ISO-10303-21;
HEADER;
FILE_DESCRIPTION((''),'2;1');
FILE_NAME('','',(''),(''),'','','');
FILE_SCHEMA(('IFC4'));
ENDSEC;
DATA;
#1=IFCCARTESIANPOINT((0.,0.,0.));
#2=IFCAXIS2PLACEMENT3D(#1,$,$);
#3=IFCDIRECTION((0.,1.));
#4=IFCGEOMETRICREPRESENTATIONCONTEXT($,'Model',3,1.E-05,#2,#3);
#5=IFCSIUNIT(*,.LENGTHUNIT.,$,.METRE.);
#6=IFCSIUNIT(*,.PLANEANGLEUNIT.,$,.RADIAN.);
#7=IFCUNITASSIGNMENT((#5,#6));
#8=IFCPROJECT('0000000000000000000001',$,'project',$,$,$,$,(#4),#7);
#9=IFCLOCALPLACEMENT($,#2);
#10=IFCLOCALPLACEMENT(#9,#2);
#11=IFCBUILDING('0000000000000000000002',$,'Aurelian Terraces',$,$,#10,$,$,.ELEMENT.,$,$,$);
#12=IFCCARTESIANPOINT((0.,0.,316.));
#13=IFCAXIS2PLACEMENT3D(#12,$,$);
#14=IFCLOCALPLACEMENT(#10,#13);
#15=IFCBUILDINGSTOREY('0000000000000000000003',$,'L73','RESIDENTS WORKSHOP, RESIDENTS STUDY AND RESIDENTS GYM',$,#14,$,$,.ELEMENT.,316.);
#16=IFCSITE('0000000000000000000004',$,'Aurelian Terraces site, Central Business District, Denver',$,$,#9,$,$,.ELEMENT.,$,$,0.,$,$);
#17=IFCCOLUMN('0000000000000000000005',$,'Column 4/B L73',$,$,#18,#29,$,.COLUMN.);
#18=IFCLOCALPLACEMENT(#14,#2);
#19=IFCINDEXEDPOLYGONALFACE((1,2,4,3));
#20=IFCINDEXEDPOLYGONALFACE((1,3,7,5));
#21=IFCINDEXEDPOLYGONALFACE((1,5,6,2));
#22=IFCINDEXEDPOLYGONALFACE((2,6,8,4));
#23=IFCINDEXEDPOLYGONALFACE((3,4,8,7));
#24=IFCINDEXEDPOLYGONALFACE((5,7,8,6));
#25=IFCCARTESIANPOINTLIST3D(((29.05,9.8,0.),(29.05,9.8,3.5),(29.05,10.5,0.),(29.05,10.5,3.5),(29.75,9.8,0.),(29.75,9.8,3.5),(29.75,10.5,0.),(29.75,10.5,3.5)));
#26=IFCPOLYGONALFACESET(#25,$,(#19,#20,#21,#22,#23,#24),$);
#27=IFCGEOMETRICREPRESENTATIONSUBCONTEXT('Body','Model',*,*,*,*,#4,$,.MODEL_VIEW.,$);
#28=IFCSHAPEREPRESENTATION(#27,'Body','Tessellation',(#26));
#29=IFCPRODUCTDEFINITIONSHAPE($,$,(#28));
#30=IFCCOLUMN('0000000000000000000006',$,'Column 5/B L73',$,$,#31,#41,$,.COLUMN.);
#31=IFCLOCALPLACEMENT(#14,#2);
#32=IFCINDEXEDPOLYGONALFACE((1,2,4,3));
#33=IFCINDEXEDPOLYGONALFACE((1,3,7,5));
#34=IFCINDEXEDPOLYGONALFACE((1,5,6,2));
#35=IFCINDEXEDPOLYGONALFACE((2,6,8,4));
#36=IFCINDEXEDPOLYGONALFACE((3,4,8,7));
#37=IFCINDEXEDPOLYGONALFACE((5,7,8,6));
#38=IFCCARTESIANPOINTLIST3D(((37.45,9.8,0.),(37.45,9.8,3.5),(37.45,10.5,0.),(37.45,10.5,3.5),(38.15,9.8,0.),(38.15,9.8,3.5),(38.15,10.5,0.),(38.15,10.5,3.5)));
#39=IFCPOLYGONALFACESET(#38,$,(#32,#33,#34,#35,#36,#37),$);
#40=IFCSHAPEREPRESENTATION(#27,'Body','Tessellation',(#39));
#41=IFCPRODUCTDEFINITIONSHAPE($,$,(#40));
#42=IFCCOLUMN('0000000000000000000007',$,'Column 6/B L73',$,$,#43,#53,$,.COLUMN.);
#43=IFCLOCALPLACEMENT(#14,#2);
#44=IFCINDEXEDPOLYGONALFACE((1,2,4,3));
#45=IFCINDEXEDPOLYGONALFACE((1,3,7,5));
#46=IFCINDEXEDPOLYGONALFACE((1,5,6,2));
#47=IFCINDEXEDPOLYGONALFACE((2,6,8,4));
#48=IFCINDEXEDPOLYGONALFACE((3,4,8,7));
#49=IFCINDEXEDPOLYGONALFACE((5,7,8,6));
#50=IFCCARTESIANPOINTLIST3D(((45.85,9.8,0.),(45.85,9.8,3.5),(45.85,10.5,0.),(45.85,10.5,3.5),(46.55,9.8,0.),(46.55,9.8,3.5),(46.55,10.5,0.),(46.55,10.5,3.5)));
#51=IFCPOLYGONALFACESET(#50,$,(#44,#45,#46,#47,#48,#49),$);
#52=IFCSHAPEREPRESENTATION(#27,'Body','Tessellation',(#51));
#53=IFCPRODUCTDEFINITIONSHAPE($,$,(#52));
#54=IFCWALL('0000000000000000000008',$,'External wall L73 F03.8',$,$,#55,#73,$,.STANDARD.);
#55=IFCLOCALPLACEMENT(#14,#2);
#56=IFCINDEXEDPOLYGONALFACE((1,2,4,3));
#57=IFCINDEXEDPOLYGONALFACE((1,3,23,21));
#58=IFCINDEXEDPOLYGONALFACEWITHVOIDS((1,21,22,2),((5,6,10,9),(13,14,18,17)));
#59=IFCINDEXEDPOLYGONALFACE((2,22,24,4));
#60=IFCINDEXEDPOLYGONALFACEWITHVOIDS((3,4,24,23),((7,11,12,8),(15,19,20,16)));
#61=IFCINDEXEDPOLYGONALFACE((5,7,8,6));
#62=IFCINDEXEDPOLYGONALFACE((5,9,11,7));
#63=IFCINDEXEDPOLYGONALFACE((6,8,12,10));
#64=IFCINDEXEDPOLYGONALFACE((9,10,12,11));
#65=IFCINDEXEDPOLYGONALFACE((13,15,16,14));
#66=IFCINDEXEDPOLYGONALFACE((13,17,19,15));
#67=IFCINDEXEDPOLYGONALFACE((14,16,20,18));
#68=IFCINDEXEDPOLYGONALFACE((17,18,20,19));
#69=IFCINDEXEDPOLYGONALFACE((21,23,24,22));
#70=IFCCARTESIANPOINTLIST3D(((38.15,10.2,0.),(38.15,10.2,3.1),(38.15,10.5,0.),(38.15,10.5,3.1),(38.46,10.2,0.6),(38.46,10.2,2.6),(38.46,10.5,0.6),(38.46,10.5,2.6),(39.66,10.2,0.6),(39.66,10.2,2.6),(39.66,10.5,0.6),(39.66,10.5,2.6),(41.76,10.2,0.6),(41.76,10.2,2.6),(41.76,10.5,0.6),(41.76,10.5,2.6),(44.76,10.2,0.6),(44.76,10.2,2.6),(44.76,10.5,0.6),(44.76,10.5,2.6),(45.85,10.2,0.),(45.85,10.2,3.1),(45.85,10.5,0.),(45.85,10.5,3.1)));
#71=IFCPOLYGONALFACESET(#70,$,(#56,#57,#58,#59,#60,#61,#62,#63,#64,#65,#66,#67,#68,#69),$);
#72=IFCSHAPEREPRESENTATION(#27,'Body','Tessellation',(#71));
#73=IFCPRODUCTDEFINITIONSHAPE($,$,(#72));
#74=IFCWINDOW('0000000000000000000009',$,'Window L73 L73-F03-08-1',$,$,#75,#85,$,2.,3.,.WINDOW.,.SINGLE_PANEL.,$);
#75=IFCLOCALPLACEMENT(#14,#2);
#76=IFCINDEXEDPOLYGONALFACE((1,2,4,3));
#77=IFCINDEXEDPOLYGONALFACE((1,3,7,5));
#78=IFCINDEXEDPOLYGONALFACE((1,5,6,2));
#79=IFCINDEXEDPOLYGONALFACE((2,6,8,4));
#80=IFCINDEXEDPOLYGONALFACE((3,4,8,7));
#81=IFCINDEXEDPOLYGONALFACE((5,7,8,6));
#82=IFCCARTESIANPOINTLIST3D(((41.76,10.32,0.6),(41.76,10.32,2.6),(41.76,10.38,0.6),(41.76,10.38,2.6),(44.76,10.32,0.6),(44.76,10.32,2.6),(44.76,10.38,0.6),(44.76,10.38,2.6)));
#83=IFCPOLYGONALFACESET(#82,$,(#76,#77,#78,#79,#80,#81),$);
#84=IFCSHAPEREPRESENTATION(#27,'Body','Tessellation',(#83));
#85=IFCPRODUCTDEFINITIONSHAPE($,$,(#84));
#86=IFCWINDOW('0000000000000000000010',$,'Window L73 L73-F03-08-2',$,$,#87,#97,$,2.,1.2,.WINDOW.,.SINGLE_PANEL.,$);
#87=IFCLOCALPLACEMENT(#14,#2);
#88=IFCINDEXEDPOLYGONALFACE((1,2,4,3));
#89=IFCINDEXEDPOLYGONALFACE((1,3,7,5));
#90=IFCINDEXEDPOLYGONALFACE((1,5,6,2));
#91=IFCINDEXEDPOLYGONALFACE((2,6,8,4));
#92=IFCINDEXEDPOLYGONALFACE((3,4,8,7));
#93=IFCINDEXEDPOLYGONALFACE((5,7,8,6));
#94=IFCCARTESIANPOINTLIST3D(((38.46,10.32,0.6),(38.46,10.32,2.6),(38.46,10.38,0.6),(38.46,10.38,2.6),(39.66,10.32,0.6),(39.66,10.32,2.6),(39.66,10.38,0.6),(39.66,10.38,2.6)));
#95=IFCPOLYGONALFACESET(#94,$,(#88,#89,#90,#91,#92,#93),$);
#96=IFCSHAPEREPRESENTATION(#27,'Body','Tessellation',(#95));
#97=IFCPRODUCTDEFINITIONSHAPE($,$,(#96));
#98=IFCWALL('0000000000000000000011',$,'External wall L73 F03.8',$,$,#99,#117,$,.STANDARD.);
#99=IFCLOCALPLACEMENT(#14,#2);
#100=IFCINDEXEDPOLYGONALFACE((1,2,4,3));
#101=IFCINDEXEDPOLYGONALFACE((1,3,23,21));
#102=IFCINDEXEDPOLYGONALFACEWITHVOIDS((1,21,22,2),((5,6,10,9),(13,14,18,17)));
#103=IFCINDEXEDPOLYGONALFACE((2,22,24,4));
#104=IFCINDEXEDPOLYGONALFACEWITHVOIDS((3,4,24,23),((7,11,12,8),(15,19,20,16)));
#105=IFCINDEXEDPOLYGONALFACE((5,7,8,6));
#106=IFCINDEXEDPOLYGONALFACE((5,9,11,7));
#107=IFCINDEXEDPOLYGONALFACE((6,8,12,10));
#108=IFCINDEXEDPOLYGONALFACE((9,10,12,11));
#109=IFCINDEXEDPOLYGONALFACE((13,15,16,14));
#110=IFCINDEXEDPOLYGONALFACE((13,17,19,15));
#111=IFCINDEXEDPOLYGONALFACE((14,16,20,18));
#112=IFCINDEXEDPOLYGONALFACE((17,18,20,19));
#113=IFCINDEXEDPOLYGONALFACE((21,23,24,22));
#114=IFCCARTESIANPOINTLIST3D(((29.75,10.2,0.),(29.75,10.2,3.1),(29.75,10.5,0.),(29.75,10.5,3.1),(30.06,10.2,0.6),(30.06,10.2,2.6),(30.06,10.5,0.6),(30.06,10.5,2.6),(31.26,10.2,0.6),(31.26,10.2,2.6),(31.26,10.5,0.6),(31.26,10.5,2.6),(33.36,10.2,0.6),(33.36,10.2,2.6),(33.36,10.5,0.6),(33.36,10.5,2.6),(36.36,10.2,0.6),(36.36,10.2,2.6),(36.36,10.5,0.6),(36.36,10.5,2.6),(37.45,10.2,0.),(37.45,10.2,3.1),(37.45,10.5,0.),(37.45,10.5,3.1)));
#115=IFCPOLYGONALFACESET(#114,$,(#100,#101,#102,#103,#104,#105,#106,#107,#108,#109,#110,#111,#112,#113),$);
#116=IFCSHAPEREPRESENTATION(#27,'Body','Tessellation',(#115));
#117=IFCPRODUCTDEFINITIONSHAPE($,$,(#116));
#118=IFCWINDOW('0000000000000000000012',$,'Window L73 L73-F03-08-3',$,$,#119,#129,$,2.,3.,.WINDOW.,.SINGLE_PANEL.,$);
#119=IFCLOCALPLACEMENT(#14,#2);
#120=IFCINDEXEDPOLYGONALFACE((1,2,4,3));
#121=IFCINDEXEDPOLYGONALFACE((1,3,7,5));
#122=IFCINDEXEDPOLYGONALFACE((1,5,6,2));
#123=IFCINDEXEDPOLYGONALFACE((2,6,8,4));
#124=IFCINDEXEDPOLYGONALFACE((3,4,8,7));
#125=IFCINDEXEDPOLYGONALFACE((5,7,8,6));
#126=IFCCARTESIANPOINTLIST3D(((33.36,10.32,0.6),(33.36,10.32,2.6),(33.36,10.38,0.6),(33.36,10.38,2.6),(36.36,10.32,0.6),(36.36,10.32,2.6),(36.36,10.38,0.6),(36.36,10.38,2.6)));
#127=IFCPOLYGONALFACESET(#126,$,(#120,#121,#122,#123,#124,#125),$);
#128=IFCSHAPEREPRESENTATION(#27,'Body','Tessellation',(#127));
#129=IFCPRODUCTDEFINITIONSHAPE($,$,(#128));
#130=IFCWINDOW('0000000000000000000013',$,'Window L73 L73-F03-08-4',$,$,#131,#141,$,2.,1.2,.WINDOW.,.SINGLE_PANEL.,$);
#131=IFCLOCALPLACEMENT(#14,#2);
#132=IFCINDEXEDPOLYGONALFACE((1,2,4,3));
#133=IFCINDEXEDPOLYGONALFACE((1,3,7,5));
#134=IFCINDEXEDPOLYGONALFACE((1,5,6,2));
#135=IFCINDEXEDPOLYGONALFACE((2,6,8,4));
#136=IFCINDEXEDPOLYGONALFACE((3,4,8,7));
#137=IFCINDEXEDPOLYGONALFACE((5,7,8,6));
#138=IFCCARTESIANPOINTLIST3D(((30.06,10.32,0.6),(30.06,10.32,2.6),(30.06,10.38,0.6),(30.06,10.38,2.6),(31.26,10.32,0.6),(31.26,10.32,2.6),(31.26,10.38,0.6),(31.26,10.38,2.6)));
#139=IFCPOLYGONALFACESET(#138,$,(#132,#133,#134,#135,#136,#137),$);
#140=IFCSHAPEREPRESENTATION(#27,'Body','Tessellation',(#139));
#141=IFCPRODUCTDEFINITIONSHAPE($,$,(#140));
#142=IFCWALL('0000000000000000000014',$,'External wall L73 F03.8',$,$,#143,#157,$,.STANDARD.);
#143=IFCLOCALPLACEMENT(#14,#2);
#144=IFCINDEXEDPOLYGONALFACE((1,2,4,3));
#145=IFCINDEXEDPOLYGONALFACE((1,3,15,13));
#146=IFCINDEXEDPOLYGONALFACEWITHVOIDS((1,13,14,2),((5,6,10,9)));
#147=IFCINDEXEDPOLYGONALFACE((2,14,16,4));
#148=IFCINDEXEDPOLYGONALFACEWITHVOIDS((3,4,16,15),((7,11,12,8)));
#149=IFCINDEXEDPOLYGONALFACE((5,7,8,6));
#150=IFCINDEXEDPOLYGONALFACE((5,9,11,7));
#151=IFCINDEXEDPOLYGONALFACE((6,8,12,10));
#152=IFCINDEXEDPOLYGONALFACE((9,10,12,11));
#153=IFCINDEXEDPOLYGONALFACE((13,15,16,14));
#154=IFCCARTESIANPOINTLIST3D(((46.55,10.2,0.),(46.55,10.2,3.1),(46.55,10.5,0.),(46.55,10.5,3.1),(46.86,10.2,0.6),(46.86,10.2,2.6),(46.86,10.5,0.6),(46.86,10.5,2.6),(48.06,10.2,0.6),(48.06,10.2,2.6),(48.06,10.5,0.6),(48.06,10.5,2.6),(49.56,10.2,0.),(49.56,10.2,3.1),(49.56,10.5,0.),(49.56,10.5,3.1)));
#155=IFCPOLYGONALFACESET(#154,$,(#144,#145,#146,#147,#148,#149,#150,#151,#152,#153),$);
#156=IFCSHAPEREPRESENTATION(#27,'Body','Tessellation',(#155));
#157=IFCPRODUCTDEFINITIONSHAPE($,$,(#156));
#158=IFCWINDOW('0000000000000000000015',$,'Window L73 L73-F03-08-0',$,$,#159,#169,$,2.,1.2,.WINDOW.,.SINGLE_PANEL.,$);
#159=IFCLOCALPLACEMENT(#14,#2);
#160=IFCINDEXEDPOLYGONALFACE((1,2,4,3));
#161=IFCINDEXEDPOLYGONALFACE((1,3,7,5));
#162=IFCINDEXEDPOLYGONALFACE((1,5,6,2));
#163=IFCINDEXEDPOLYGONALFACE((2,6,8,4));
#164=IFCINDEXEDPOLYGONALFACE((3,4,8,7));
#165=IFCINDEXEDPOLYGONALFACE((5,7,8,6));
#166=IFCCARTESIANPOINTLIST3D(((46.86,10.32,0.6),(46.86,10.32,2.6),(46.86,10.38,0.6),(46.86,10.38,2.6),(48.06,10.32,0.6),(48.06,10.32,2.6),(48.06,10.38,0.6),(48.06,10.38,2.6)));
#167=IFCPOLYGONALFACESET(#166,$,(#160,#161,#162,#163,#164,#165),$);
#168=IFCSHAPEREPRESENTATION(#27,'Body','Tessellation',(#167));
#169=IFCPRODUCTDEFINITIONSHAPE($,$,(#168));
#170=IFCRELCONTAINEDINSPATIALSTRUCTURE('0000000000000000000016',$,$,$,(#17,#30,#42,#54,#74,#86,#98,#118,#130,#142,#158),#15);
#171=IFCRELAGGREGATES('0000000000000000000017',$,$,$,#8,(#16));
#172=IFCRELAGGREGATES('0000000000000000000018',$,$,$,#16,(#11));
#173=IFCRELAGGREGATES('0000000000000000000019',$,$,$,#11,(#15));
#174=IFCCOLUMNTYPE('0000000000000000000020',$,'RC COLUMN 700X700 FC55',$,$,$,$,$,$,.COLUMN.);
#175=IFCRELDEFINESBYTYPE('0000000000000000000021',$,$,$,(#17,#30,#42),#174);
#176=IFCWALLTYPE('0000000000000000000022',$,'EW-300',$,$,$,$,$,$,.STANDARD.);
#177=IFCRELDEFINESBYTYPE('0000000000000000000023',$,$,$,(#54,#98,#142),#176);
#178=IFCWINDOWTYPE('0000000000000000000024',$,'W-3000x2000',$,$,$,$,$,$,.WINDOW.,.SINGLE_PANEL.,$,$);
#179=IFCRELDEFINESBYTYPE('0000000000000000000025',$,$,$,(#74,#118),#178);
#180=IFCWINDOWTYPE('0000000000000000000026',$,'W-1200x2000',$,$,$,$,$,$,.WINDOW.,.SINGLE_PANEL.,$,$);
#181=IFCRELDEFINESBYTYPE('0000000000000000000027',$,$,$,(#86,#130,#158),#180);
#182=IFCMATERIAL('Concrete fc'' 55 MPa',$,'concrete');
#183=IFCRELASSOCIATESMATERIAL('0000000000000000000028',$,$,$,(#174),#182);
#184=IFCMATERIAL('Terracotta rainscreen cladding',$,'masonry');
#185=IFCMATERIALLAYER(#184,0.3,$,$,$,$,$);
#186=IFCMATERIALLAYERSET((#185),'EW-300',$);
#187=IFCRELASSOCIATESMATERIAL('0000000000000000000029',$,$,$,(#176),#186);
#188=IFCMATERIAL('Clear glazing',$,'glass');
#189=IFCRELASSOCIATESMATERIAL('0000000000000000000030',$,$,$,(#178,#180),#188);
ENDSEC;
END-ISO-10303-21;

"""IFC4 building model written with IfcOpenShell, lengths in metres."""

from ifc_helpers import new_model, si_unit, direction, frame, frame_2d, origin, origin_2d, place, context, subcontext, project, spatial, rectangle, extrude, source, transform, mapped, material, layer, layer_set, material_profile, profile_set, type_object, element, fill, save


model = new_model("IFC4")

# Units and contexts
model_context = context("Model", 3, precision=1e-05, world=origin(), true_north=direction((0.0, 1.0)))
body_context = subcontext(model_context, "Body", "Model", "MODEL_VIEW")
ifc_project = project(units=[si_unit("LENGTHUNIT", "METRE"), si_unit("PLANEANGLEUNIT", "RADIAN")], contexts=[model_context])

# Site, building, storey
site_placement = place(None, origin())
site = spatial("IfcSite", under=ifc_project, at=site_placement, Name="Aurelian Terraces site, Central Business District, Denver", CompositionType="ELEMENT", RefElevation=0.0)
building_placement = place(site_placement, origin())
building = spatial("IfcBuilding", under=site, at=building_placement, Name="Aurelian Terraces", CompositionType="ELEMENT")
storey_placement = place(building_placement, frame((0.0, 0.0, 316.0)))
storey = spatial("IfcBuildingStorey", under=building, at=storey_placement, Name="L73", Description="RESIDENTS WORKSHOP, RESIDENTS STUDY AND RESIDENTS GYM", CompositionType="ELEMENT", Elevation=316.0)

# Columns
ifc_material_1 = material(Name="Concrete fc' 55 MPa", Category="concrete")
ifc_material_profile = material_profile(ifc_material_1, rectangle(XDim=0.7, YDim=0.7, at=origin_2d()))
ifc_profile_set = profile_set([ifc_material_profile], Name="Concrete fc' 55 MPa")
column_type = type_object("IfcColumnType", Name="RC COLUMN 700X700 FC55", PredefinedType="COLUMN", material=ifc_profile_set)
shared_shape_1 = source(origin(), body_context, "Body", "SweptSolid", [
    extrude(rectangle(XDim=0.7, YDim=0.7, at=origin_2d()), origin(), (0.0, 0.0, 1.0), 3.5),
])
for number, where, z_axis, x_axis, name in (
    (1, (29.4, 10.15, 0.0), (0.0, 0.0, 1.0), (1.0, 0.0, 0.0), "Column 4/B L73"),
    (2, (37.8, 10.15, 0.0), (0.0, 0.0, 1.0), (1.0, 0.0, 0.0), "Column 5/B L73"),
    (3, (46.2, 10.15, 0.0), (0.0, 0.0, 1.0), (1.0, 0.0, 0.0), "Column 6/B L73"),
):
    element("IfcColumn", number, at=place(storey_placement, frame(where, z_axis=z_axis, x_axis=x_axis)), inside=storey, type_object=column_type, Name=name, PredefinedType="COLUMN", context=body_context, shape_type="MappedRepresentation", body=[
        mapped(shared_shape_1, transform((0.0, 0.0, 0.0), scale=1.0)),
    ])

# Walls, openings, windows
ifc_material_2 = material(Name="Terracotta rainscreen cladding", Category="masonry")
ifc_layer_1 = layer(ifc_material_2, 0.3)
ifc_layer_set_1 = layer_set([ifc_layer_1], Name="EW-300")
wall_type_1 = type_object("IfcWallType", Name="EW-300", PredefinedType="STANDARD", material=ifc_layer_set_1)
shared_shape_2 = source(origin(), body_context, "Body", "SweptSolid", [
    extrude(rectangle(XDim=7.7, YDim=0.3, at=frame_2d((3.85, 0.0))), origin(), (0.0, 0.0, 1.0), 3.1),
])
wall_1_placement = place(storey_placement, frame((45.85, 10.35, 0.0), z_axis=(0.0, 0.0, 1.0), x_axis=(-1.0, 0.0, 0.0)))
wall_1 = element("IfcWall", 4, at=wall_1_placement, inside=storey, type_object=wall_type_1, Name="External wall L73 F03.8", PredefinedType="STANDARD", context=body_context, shape_type="MappedRepresentation", body=[
    mapped(shared_shape_2, transform((0.0, 0.0, 0.0), scale=1.0)),
])
shared_shape_3 = source(origin(), body_context, "Body", "SweptSolid", [
    extrude(rectangle(XDim=3.0, YDim=2.0, at=frame_2d((1.5, 1.0))), frame((0.0, 0.16, 0.0), z_axis=(0.0, -1.0, 0.0), x_axis=(1.0, 0.0, 0.0)), (0.0, 0.0, 1.0), 0.32),
])
opening_1_placement = place(wall_1_placement, frame((1.09, 0.0, 0.6)))
opening_1 = element("IfcOpeningElement", 5, at=opening_1_placement, cuts=wall_1, PredefinedType="OPENING", context=body_context, shape_type="MappedRepresentation", body=[
    mapped(shared_shape_3, transform((0.0, 0.0, 0.0), scale=1.0)),
])
shared_shape_4 = source(origin(), body_context, "Body", "SweptSolid", [
    extrude(rectangle(XDim=1.2, YDim=2.0, at=frame_2d((0.6, 1.0))), frame((0.0, 0.16, 0.0), z_axis=(0.0, -1.0, 0.0), x_axis=(1.0, 0.0, 0.0)), (0.0, 0.0, 1.0), 0.32),
])
opening_2_placement = place(wall_1_placement, frame((6.19, 0.0, 0.6)))
opening_2 = element("IfcOpeningElement", 6, at=opening_2_placement, cuts=wall_1, PredefinedType="OPENING", context=body_context, shape_type="MappedRepresentation", body=[
    mapped(shared_shape_4, transform((0.0, 0.0, 0.0), scale=1.0)),
])
ifc_material_3 = material(Name="Clear glazing", Category="glass")
window_type_1 = type_object("IfcWindowType", Name="W-3000x2000", PartitioningType="SINGLE_PANEL", PredefinedType="WINDOW", material=ifc_material_3)
shared_shape_5 = source(origin(), body_context, "Body", "SweptSolid", [
    extrude(rectangle(XDim=3.0, YDim=2.0, at=frame_2d((1.5, 1.0))), frame((0.0, 0.03, 0.0), z_axis=(0.0, -1.0, 0.0), x_axis=(1.0, 0.0, 0.0)), (0.0, 0.0, 1.0), 0.06),
])
window_1_placement = place(opening_1_placement, origin())
window_1 = element("IfcWindow", 7, at=window_1_placement, inside=storey, type_object=window_type_1, Name="Window L73 L73-F03-08-1", OverallHeight=2.0, OverallWidth=3.0, PartitioningType="SINGLE_PANEL", PredefinedType="WINDOW", context=body_context, shape_type="MappedRepresentation", body=[
    mapped(shared_shape_5, transform((0.0, 0.0, 0.0), scale=1.0)),
])
fill(opening_1, window_1)
window_type_2 = type_object("IfcWindowType", Name="W-1200x2000", PartitioningType="SINGLE_PANEL", PredefinedType="WINDOW", material=ifc_material_3)
shared_shape_6 = source(origin(), body_context, "Body", "SweptSolid", [
    extrude(rectangle(XDim=1.2, YDim=2.0, at=frame_2d((0.6, 1.0))), frame((0.0, 0.03, 0.0), z_axis=(0.0, -1.0, 0.0), x_axis=(1.0, 0.0, 0.0)), (0.0, 0.0, 1.0), 0.06),
])
window_2_placement = place(opening_2_placement, origin())
window_2 = element("IfcWindow", 8, at=window_2_placement, inside=storey, type_object=window_type_2, Name="Window L73 L73-F03-08-2", OverallHeight=2.0, OverallWidth=1.2, PartitioningType="SINGLE_PANEL", PredefinedType="WINDOW", context=body_context, shape_type="MappedRepresentation", body=[
    mapped(shared_shape_6, transform((0.0, 0.0, 0.0), scale=1.0)),
])
fill(opening_2, window_2)
wall_2_placement = place(storey_placement, frame((37.45, 10.35, 0.0), z_axis=(0.0, 0.0, 1.0), x_axis=(-1.0, 0.0, 0.0)))
wall_2 = element("IfcWall", 9, at=wall_2_placement, inside=storey, type_object=wall_type_1, Name="External wall L73 F03.8", PredefinedType="STANDARD", context=body_context, shape_type="MappedRepresentation", body=[
    mapped(shared_shape_2, transform((0.0, 0.0, 0.0), scale=1.0)),
])
opening_3_placement = place(wall_2_placement, frame((1.09, 0.0, 0.6)))
opening_3 = element("IfcOpeningElement", 10, at=opening_3_placement, cuts=wall_2, PredefinedType="OPENING", context=body_context, shape_type="MappedRepresentation", body=[
    mapped(shared_shape_3, transform((0.0, 0.0, 0.0), scale=1.0)),
])
opening_4_placement = place(wall_2_placement, frame((6.19, 0.0, 0.6)))
opening_4 = element("IfcOpeningElement", 11, at=opening_4_placement, cuts=wall_2, PredefinedType="OPENING", context=body_context, shape_type="MappedRepresentation", body=[
    mapped(shared_shape_4, transform((0.0, 0.0, 0.0), scale=1.0)),
])
window_3_placement = place(opening_3_placement, origin())
window_3 = element("IfcWindow", 12, at=window_3_placement, inside=storey, type_object=window_type_1, Name="Window L73 L73-F03-08-3", OverallHeight=2.0, OverallWidth=3.0, PartitioningType="SINGLE_PANEL", PredefinedType="WINDOW", context=body_context, shape_type="MappedRepresentation", body=[
    mapped(shared_shape_5, transform((0.0, 0.0, 0.0), scale=1.0)),
])
fill(opening_3, window_3)
window_4_placement = place(opening_4_placement, origin())
window_4 = element("IfcWindow", 13, at=window_4_placement, inside=storey, type_object=window_type_2, Name="Window L73 L73-F03-08-4", OverallHeight=2.0, OverallWidth=1.2, PartitioningType="SINGLE_PANEL", PredefinedType="WINDOW", context=body_context, shape_type="MappedRepresentation", body=[
    mapped(shared_shape_6, transform((0.0, 0.0, 0.0), scale=1.0)),
])
fill(opening_4, window_4)

# Wall, opening, window
shared_shape_7 = source(origin(), body_context, "Body", "SweptSolid", [
    extrude(rectangle(XDim=3.01, YDim=0.3, at=frame_2d((1.505, 0.0))), origin(), (0.0, 0.0, 1.0), 3.1),
])
wall_3_placement = place(storey_placement, frame((49.56, 10.35, 0.0), z_axis=(0.0, 0.0, 1.0), x_axis=(-1.0, 0.0, 0.0)))
wall_3 = element("IfcWall", 14, at=wall_3_placement, inside=storey, type_object=wall_type_1, Name="External wall L73 F03.8", PredefinedType="STANDARD", context=body_context, shape_type="MappedRepresentation", body=[
    mapped(shared_shape_7, transform((0.0, 0.0, 0.0), scale=1.0)),
])
opening_5_placement = place(wall_3_placement, frame((1.5, 0.0, 0.6)))
opening_5 = element("IfcOpeningElement", 15, at=opening_5_placement, cuts=wall_3, PredefinedType="OPENING", context=body_context, shape_type="MappedRepresentation", body=[
    mapped(shared_shape_4, transform((0.0, 0.0, 0.0), scale=1.0)),
])
window_5_placement = place(opening_5_placement, origin())
window_5 = element("IfcWindow", 16, at=window_5_placement, inside=storey, type_object=window_type_2, Name="Window L73 L73-F03-08-0", OverallHeight=2.0, OverallWidth=1.2, PartitioningType="SINGLE_PANEL", PredefinedType="WINDOW", context=body_context, shape_type="MappedRepresentation", body=[
    mapped(shared_shape_6, transform((0.0, 0.0, 0.0), scale=1.0)),
])
fill(opening_5, window_5)

save(model, "model.ifc")
